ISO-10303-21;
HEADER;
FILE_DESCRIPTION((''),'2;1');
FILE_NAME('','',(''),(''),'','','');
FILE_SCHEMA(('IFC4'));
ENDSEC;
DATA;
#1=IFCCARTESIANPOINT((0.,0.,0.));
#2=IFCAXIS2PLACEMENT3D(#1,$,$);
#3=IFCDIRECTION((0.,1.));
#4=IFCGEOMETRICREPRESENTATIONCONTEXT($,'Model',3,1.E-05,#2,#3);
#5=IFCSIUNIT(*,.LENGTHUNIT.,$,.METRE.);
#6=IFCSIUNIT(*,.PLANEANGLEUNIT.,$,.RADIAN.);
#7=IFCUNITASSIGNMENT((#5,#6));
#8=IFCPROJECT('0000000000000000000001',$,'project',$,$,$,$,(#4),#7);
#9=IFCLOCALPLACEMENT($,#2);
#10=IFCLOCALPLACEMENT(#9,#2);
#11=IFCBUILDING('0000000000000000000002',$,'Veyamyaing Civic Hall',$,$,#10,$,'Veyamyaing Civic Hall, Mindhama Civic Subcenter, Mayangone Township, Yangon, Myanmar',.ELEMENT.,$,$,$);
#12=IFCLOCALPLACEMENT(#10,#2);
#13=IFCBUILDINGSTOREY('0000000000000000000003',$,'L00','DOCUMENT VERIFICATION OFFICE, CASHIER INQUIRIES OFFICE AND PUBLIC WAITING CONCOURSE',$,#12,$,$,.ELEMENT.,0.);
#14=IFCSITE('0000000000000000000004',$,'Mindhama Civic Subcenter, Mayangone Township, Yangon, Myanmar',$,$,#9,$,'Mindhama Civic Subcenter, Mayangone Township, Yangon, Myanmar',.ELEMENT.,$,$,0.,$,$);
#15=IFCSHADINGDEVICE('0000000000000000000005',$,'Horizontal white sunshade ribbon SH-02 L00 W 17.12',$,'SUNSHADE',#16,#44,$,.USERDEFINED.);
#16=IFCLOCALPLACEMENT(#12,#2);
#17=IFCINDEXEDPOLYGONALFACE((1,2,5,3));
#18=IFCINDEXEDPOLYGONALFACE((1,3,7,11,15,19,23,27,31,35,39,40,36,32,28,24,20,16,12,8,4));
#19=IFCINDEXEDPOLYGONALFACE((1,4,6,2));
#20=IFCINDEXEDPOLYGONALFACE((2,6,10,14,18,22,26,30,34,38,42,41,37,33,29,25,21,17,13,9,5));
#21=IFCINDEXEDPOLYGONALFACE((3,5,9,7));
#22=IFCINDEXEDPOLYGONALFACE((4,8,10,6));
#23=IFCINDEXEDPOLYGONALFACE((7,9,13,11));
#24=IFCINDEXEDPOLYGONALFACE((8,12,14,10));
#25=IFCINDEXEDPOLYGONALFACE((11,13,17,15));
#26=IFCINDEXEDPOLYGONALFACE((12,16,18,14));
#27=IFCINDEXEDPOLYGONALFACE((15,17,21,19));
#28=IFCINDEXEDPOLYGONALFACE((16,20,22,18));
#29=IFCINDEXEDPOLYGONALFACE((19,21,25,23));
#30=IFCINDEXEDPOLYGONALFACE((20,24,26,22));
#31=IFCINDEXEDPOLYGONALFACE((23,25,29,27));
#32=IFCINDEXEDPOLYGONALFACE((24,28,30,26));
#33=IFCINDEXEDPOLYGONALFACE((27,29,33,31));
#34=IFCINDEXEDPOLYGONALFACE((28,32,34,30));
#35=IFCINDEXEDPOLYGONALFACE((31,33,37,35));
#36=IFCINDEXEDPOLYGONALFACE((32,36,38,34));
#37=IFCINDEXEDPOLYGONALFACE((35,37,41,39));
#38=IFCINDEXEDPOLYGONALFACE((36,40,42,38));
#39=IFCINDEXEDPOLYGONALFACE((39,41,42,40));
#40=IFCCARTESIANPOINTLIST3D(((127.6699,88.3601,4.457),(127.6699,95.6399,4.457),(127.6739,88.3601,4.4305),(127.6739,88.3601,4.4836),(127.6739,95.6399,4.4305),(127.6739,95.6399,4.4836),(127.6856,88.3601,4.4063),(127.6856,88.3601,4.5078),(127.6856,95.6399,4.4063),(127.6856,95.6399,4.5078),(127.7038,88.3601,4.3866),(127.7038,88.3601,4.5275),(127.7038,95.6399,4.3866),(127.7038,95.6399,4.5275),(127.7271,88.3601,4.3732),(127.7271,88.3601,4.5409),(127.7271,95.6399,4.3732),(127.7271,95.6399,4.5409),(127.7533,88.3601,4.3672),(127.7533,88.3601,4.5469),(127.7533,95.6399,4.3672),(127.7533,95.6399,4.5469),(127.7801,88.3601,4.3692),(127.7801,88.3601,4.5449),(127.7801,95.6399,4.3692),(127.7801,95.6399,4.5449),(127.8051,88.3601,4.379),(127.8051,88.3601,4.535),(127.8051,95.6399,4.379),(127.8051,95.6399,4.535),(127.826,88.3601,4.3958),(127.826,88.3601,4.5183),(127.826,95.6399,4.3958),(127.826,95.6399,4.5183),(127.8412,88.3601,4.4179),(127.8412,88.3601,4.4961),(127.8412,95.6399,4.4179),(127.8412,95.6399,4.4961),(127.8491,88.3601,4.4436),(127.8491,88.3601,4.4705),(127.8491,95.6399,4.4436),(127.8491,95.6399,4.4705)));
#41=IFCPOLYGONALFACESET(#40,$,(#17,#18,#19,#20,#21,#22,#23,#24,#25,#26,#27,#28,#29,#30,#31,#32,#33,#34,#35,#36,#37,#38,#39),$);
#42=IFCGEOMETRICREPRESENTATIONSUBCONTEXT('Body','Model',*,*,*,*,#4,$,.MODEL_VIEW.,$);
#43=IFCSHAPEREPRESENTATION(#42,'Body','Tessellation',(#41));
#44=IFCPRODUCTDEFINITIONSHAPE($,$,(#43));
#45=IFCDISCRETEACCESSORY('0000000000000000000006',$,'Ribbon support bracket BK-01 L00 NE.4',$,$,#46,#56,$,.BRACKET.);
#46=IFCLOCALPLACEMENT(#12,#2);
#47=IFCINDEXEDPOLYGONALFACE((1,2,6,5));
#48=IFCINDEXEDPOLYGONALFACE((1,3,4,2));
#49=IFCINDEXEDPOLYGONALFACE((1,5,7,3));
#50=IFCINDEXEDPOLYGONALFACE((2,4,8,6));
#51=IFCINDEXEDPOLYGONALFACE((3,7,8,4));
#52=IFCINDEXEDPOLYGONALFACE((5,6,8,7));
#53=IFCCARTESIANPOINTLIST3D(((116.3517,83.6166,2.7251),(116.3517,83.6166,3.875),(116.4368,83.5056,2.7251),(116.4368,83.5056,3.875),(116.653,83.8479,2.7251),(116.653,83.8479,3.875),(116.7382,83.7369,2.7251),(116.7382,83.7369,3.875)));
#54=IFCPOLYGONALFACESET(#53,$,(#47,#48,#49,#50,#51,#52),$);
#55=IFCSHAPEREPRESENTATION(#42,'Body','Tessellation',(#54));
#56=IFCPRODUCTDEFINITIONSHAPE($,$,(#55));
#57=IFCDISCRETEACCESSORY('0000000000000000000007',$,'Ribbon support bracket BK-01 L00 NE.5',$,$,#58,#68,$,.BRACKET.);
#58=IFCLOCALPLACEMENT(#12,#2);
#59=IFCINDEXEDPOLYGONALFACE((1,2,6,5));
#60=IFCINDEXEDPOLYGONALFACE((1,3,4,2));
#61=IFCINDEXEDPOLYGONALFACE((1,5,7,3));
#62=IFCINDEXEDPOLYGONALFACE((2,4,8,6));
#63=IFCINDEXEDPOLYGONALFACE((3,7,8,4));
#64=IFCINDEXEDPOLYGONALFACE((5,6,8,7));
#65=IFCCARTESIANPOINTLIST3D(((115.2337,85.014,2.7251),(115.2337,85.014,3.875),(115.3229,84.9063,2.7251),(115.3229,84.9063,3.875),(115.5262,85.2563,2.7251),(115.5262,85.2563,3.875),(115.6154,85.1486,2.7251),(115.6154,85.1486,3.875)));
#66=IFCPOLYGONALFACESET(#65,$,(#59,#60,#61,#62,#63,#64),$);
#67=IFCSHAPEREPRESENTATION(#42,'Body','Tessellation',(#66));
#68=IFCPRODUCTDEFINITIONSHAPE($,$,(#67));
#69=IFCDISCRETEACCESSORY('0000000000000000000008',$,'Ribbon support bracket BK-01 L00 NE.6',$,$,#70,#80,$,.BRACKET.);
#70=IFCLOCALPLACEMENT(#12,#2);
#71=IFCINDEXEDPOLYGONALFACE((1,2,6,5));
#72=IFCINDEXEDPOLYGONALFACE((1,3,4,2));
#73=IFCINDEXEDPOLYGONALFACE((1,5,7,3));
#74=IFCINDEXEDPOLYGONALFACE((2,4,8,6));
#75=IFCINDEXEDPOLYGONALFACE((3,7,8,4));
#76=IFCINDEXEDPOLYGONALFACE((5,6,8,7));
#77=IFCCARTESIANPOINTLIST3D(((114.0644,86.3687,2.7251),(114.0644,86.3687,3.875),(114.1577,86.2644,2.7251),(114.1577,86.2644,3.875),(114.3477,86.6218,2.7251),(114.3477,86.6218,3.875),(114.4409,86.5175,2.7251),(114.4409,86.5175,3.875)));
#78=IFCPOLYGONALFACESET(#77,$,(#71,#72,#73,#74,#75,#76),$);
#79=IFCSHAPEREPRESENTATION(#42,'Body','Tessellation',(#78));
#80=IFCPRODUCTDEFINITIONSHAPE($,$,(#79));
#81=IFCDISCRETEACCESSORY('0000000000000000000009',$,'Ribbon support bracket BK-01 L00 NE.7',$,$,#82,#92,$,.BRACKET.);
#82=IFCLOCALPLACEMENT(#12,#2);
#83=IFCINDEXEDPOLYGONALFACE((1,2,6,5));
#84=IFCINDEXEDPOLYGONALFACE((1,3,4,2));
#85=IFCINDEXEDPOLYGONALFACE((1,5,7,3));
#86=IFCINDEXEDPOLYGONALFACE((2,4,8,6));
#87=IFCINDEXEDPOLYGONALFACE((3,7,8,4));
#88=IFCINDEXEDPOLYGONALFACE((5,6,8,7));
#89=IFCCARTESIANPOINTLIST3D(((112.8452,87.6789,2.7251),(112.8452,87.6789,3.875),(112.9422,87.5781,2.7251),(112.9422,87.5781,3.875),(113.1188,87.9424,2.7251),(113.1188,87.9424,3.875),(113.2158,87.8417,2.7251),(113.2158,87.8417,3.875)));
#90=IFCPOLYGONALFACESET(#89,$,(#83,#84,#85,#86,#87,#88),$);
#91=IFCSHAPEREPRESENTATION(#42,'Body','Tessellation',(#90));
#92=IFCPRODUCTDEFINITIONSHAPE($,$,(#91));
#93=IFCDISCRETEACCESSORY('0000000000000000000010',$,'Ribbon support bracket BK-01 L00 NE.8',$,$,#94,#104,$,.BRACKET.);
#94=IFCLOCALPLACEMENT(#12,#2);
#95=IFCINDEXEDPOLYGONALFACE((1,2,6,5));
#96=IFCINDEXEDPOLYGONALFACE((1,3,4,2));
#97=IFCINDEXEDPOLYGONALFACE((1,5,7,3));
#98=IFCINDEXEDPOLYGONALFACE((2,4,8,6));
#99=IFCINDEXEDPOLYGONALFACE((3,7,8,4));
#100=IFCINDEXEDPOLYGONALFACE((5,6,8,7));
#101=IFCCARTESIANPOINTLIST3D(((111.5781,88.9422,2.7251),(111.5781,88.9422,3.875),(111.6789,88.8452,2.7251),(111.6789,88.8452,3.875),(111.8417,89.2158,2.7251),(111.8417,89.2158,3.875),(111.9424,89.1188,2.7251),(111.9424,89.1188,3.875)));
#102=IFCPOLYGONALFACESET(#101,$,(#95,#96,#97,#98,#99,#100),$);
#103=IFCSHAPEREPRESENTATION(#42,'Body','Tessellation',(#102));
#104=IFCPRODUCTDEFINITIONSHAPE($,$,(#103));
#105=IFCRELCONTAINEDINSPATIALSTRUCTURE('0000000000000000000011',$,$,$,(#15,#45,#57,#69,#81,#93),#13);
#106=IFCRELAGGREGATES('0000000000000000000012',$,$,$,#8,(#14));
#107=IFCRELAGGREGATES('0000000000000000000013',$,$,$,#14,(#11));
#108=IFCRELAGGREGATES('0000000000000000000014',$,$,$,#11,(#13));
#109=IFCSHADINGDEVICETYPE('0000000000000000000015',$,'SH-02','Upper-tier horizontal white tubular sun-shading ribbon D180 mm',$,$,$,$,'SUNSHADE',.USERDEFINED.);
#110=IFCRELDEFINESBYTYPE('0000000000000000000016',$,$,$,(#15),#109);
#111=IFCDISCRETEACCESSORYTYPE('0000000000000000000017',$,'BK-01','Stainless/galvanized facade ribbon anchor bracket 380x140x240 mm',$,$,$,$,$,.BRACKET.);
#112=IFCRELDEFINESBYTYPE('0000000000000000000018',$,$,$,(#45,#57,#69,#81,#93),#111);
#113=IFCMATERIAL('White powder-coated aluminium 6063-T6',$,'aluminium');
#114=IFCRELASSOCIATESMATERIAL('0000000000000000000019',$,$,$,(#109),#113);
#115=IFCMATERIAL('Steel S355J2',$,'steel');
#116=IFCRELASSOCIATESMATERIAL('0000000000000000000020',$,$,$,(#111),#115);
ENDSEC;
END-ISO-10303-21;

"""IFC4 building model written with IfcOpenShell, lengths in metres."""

from ifc_helpers import new_model, si_unit, direction, frame, origin, origin_2d, place, context, subcontext, project, spatial, rectangle, circle, extrude, material, material_profile, profile_set, type_object, element, save


model = new_model("IFC4")

# Units and contexts
model_context = context("Model", 3, precision=1e-05, world=origin(), true_north=direction((0.0, 1.0)))
body_context = subcontext(model_context, "Body", "Model", "MODEL_VIEW")
ifc_project = project(units=[si_unit("LENGTHUNIT", "METRE"), si_unit("PLANEANGLEUNIT", "RADIAN")], contexts=[model_context])

# Site, building, storey
site_placement = place(None, origin())
site = spatial("IfcSite", under=ifc_project, at=site_placement, Name="Mindhama Civic Subcenter, Mayangone Township, Yangon, Myanmar", LongName="Mindhama Civic Subcenter, Mayangone Township, Yangon, Myanmar", CompositionType="ELEMENT", RefElevation=0.0)
building_placement = place(site_placement, origin())
building = spatial("IfcBuilding", under=site, at=building_placement, Name="Veyamyaing Civic Hall", LongName="Veyamyaing Civic Hall, Mindhama Civic Subcenter, Mayangone Township, Yangon, Myanmar", CompositionType="ELEMENT")
storey_placement = place(building_placement, origin())
storey = spatial("IfcBuildingStorey", under=building, at=storey_placement, Name="L00", Description="DOCUMENT VERIFICATION OFFICE, CASHIER INQUIRIES OFFICE AND PUBLIC WAITING CONCOURSE", CompositionType="ELEMENT", Elevation=0.0)

# Shared definitions
ifc_material_1 = material(Name="White powder-coated aluminium 6063-T6", Category="aluminium")

# Shading device
ifc_material_profile_1 = material_profile(ifc_material_1, circle(Radius=0.0901, at=origin_2d()), Name="SHADE-TUBE-180")
ifc_profile_set_1 = profile_set([ifc_material_profile_1], Name="White powder-coated aluminium 6063-T6")
shading_device_type_1 = type_object("IfcShadingDeviceType", Name="SH-02", Description="Upper-tier horizontal white tubular sun-shading ribbon D180 mm", ElementType="SUNSHADE", PredefinedType="USERDEFINED", material=ifc_profile_set_1)
shading_device_placement = place(storey_placement, frame((127.76, 88.3601, 4.457), z_axis=(0.0, 1.0, 0.0), x_axis=(-1.0, 0.0, 0.0)))
element("IfcShadingDevice", 1, at=shading_device_placement, inside=storey, type_object=shading_device_type_1, Name="Horizontal white sunshade ribbon SH-02 L00 W 17.12", ObjectType="SUNSHADE", PredefinedType="USERDEFINED", context=body_context, shape_type="SweptSolid", body=[
    extrude(circle(Radius=0.0901, at=origin_2d()), origin(), (0.0, 0.0, 1.0), 7.2798),
])

# Discrete accessories
ifc_material_2 = material(Name="Steel S355J2", Category="steel")
discrete_accessory_type = type_object("IfcDiscreteAccessoryType", Name="BK-01", Description="Stainless/galvanized facade ribbon anchor bracket 380x140x240 mm", PredefinedType="BRACKET", material=ifc_material_2)
for number, where, z_axis, x_axis, name in (
    (2, (116.5449, 83.6768, 2.7251), (0.0, 0.0, 1.0), (0.793353, 0.608761, 0.0), "Ribbon support bracket BK-01 L00 NE.4"),
    (3, (115.4246, 85.0813, 2.7251), (0.0, 0.0, 1.0), (0.770036, 0.638, 0.0), "Ribbon support bracket BK-01 L00 NE.5"),
    (4, (114.2527, 86.4431, 2.7251), (0.0, 0.0, 1.0), (0.745642, 0.666347, 0.0), "Ribbon support bracket BK-01 L00 NE.6"),
    (5, (113.0305, 87.7603, 2.7251), (0.0, 0.0, 1.0), (0.720205, 0.693761, 0.0), "Ribbon support bracket BK-01 L00 NE.7"),
    (6, (111.7603, 89.0305, 2.7251), (0.0, 0.0, 1.0), (0.693761, 0.720205, 0.0), "Ribbon support bracket BK-01 L00 NE.8"),
):
    element("IfcDiscreteAccessory", number, at=place(storey_placement, frame(where, z_axis=z_axis, x_axis=x_axis)), inside=storey, type_object=discrete_accessory_type, Name=name, PredefinedType="BRACKET", context=body_context, shape_type="SweptSolid", body=[
        extrude(rectangle(XDim=0.3799, YDim=0.1399, at=origin_2d()), origin(), (0.0, 0.0, 1.0), 1.1499),
    ])

save(model, "model.ifc")
